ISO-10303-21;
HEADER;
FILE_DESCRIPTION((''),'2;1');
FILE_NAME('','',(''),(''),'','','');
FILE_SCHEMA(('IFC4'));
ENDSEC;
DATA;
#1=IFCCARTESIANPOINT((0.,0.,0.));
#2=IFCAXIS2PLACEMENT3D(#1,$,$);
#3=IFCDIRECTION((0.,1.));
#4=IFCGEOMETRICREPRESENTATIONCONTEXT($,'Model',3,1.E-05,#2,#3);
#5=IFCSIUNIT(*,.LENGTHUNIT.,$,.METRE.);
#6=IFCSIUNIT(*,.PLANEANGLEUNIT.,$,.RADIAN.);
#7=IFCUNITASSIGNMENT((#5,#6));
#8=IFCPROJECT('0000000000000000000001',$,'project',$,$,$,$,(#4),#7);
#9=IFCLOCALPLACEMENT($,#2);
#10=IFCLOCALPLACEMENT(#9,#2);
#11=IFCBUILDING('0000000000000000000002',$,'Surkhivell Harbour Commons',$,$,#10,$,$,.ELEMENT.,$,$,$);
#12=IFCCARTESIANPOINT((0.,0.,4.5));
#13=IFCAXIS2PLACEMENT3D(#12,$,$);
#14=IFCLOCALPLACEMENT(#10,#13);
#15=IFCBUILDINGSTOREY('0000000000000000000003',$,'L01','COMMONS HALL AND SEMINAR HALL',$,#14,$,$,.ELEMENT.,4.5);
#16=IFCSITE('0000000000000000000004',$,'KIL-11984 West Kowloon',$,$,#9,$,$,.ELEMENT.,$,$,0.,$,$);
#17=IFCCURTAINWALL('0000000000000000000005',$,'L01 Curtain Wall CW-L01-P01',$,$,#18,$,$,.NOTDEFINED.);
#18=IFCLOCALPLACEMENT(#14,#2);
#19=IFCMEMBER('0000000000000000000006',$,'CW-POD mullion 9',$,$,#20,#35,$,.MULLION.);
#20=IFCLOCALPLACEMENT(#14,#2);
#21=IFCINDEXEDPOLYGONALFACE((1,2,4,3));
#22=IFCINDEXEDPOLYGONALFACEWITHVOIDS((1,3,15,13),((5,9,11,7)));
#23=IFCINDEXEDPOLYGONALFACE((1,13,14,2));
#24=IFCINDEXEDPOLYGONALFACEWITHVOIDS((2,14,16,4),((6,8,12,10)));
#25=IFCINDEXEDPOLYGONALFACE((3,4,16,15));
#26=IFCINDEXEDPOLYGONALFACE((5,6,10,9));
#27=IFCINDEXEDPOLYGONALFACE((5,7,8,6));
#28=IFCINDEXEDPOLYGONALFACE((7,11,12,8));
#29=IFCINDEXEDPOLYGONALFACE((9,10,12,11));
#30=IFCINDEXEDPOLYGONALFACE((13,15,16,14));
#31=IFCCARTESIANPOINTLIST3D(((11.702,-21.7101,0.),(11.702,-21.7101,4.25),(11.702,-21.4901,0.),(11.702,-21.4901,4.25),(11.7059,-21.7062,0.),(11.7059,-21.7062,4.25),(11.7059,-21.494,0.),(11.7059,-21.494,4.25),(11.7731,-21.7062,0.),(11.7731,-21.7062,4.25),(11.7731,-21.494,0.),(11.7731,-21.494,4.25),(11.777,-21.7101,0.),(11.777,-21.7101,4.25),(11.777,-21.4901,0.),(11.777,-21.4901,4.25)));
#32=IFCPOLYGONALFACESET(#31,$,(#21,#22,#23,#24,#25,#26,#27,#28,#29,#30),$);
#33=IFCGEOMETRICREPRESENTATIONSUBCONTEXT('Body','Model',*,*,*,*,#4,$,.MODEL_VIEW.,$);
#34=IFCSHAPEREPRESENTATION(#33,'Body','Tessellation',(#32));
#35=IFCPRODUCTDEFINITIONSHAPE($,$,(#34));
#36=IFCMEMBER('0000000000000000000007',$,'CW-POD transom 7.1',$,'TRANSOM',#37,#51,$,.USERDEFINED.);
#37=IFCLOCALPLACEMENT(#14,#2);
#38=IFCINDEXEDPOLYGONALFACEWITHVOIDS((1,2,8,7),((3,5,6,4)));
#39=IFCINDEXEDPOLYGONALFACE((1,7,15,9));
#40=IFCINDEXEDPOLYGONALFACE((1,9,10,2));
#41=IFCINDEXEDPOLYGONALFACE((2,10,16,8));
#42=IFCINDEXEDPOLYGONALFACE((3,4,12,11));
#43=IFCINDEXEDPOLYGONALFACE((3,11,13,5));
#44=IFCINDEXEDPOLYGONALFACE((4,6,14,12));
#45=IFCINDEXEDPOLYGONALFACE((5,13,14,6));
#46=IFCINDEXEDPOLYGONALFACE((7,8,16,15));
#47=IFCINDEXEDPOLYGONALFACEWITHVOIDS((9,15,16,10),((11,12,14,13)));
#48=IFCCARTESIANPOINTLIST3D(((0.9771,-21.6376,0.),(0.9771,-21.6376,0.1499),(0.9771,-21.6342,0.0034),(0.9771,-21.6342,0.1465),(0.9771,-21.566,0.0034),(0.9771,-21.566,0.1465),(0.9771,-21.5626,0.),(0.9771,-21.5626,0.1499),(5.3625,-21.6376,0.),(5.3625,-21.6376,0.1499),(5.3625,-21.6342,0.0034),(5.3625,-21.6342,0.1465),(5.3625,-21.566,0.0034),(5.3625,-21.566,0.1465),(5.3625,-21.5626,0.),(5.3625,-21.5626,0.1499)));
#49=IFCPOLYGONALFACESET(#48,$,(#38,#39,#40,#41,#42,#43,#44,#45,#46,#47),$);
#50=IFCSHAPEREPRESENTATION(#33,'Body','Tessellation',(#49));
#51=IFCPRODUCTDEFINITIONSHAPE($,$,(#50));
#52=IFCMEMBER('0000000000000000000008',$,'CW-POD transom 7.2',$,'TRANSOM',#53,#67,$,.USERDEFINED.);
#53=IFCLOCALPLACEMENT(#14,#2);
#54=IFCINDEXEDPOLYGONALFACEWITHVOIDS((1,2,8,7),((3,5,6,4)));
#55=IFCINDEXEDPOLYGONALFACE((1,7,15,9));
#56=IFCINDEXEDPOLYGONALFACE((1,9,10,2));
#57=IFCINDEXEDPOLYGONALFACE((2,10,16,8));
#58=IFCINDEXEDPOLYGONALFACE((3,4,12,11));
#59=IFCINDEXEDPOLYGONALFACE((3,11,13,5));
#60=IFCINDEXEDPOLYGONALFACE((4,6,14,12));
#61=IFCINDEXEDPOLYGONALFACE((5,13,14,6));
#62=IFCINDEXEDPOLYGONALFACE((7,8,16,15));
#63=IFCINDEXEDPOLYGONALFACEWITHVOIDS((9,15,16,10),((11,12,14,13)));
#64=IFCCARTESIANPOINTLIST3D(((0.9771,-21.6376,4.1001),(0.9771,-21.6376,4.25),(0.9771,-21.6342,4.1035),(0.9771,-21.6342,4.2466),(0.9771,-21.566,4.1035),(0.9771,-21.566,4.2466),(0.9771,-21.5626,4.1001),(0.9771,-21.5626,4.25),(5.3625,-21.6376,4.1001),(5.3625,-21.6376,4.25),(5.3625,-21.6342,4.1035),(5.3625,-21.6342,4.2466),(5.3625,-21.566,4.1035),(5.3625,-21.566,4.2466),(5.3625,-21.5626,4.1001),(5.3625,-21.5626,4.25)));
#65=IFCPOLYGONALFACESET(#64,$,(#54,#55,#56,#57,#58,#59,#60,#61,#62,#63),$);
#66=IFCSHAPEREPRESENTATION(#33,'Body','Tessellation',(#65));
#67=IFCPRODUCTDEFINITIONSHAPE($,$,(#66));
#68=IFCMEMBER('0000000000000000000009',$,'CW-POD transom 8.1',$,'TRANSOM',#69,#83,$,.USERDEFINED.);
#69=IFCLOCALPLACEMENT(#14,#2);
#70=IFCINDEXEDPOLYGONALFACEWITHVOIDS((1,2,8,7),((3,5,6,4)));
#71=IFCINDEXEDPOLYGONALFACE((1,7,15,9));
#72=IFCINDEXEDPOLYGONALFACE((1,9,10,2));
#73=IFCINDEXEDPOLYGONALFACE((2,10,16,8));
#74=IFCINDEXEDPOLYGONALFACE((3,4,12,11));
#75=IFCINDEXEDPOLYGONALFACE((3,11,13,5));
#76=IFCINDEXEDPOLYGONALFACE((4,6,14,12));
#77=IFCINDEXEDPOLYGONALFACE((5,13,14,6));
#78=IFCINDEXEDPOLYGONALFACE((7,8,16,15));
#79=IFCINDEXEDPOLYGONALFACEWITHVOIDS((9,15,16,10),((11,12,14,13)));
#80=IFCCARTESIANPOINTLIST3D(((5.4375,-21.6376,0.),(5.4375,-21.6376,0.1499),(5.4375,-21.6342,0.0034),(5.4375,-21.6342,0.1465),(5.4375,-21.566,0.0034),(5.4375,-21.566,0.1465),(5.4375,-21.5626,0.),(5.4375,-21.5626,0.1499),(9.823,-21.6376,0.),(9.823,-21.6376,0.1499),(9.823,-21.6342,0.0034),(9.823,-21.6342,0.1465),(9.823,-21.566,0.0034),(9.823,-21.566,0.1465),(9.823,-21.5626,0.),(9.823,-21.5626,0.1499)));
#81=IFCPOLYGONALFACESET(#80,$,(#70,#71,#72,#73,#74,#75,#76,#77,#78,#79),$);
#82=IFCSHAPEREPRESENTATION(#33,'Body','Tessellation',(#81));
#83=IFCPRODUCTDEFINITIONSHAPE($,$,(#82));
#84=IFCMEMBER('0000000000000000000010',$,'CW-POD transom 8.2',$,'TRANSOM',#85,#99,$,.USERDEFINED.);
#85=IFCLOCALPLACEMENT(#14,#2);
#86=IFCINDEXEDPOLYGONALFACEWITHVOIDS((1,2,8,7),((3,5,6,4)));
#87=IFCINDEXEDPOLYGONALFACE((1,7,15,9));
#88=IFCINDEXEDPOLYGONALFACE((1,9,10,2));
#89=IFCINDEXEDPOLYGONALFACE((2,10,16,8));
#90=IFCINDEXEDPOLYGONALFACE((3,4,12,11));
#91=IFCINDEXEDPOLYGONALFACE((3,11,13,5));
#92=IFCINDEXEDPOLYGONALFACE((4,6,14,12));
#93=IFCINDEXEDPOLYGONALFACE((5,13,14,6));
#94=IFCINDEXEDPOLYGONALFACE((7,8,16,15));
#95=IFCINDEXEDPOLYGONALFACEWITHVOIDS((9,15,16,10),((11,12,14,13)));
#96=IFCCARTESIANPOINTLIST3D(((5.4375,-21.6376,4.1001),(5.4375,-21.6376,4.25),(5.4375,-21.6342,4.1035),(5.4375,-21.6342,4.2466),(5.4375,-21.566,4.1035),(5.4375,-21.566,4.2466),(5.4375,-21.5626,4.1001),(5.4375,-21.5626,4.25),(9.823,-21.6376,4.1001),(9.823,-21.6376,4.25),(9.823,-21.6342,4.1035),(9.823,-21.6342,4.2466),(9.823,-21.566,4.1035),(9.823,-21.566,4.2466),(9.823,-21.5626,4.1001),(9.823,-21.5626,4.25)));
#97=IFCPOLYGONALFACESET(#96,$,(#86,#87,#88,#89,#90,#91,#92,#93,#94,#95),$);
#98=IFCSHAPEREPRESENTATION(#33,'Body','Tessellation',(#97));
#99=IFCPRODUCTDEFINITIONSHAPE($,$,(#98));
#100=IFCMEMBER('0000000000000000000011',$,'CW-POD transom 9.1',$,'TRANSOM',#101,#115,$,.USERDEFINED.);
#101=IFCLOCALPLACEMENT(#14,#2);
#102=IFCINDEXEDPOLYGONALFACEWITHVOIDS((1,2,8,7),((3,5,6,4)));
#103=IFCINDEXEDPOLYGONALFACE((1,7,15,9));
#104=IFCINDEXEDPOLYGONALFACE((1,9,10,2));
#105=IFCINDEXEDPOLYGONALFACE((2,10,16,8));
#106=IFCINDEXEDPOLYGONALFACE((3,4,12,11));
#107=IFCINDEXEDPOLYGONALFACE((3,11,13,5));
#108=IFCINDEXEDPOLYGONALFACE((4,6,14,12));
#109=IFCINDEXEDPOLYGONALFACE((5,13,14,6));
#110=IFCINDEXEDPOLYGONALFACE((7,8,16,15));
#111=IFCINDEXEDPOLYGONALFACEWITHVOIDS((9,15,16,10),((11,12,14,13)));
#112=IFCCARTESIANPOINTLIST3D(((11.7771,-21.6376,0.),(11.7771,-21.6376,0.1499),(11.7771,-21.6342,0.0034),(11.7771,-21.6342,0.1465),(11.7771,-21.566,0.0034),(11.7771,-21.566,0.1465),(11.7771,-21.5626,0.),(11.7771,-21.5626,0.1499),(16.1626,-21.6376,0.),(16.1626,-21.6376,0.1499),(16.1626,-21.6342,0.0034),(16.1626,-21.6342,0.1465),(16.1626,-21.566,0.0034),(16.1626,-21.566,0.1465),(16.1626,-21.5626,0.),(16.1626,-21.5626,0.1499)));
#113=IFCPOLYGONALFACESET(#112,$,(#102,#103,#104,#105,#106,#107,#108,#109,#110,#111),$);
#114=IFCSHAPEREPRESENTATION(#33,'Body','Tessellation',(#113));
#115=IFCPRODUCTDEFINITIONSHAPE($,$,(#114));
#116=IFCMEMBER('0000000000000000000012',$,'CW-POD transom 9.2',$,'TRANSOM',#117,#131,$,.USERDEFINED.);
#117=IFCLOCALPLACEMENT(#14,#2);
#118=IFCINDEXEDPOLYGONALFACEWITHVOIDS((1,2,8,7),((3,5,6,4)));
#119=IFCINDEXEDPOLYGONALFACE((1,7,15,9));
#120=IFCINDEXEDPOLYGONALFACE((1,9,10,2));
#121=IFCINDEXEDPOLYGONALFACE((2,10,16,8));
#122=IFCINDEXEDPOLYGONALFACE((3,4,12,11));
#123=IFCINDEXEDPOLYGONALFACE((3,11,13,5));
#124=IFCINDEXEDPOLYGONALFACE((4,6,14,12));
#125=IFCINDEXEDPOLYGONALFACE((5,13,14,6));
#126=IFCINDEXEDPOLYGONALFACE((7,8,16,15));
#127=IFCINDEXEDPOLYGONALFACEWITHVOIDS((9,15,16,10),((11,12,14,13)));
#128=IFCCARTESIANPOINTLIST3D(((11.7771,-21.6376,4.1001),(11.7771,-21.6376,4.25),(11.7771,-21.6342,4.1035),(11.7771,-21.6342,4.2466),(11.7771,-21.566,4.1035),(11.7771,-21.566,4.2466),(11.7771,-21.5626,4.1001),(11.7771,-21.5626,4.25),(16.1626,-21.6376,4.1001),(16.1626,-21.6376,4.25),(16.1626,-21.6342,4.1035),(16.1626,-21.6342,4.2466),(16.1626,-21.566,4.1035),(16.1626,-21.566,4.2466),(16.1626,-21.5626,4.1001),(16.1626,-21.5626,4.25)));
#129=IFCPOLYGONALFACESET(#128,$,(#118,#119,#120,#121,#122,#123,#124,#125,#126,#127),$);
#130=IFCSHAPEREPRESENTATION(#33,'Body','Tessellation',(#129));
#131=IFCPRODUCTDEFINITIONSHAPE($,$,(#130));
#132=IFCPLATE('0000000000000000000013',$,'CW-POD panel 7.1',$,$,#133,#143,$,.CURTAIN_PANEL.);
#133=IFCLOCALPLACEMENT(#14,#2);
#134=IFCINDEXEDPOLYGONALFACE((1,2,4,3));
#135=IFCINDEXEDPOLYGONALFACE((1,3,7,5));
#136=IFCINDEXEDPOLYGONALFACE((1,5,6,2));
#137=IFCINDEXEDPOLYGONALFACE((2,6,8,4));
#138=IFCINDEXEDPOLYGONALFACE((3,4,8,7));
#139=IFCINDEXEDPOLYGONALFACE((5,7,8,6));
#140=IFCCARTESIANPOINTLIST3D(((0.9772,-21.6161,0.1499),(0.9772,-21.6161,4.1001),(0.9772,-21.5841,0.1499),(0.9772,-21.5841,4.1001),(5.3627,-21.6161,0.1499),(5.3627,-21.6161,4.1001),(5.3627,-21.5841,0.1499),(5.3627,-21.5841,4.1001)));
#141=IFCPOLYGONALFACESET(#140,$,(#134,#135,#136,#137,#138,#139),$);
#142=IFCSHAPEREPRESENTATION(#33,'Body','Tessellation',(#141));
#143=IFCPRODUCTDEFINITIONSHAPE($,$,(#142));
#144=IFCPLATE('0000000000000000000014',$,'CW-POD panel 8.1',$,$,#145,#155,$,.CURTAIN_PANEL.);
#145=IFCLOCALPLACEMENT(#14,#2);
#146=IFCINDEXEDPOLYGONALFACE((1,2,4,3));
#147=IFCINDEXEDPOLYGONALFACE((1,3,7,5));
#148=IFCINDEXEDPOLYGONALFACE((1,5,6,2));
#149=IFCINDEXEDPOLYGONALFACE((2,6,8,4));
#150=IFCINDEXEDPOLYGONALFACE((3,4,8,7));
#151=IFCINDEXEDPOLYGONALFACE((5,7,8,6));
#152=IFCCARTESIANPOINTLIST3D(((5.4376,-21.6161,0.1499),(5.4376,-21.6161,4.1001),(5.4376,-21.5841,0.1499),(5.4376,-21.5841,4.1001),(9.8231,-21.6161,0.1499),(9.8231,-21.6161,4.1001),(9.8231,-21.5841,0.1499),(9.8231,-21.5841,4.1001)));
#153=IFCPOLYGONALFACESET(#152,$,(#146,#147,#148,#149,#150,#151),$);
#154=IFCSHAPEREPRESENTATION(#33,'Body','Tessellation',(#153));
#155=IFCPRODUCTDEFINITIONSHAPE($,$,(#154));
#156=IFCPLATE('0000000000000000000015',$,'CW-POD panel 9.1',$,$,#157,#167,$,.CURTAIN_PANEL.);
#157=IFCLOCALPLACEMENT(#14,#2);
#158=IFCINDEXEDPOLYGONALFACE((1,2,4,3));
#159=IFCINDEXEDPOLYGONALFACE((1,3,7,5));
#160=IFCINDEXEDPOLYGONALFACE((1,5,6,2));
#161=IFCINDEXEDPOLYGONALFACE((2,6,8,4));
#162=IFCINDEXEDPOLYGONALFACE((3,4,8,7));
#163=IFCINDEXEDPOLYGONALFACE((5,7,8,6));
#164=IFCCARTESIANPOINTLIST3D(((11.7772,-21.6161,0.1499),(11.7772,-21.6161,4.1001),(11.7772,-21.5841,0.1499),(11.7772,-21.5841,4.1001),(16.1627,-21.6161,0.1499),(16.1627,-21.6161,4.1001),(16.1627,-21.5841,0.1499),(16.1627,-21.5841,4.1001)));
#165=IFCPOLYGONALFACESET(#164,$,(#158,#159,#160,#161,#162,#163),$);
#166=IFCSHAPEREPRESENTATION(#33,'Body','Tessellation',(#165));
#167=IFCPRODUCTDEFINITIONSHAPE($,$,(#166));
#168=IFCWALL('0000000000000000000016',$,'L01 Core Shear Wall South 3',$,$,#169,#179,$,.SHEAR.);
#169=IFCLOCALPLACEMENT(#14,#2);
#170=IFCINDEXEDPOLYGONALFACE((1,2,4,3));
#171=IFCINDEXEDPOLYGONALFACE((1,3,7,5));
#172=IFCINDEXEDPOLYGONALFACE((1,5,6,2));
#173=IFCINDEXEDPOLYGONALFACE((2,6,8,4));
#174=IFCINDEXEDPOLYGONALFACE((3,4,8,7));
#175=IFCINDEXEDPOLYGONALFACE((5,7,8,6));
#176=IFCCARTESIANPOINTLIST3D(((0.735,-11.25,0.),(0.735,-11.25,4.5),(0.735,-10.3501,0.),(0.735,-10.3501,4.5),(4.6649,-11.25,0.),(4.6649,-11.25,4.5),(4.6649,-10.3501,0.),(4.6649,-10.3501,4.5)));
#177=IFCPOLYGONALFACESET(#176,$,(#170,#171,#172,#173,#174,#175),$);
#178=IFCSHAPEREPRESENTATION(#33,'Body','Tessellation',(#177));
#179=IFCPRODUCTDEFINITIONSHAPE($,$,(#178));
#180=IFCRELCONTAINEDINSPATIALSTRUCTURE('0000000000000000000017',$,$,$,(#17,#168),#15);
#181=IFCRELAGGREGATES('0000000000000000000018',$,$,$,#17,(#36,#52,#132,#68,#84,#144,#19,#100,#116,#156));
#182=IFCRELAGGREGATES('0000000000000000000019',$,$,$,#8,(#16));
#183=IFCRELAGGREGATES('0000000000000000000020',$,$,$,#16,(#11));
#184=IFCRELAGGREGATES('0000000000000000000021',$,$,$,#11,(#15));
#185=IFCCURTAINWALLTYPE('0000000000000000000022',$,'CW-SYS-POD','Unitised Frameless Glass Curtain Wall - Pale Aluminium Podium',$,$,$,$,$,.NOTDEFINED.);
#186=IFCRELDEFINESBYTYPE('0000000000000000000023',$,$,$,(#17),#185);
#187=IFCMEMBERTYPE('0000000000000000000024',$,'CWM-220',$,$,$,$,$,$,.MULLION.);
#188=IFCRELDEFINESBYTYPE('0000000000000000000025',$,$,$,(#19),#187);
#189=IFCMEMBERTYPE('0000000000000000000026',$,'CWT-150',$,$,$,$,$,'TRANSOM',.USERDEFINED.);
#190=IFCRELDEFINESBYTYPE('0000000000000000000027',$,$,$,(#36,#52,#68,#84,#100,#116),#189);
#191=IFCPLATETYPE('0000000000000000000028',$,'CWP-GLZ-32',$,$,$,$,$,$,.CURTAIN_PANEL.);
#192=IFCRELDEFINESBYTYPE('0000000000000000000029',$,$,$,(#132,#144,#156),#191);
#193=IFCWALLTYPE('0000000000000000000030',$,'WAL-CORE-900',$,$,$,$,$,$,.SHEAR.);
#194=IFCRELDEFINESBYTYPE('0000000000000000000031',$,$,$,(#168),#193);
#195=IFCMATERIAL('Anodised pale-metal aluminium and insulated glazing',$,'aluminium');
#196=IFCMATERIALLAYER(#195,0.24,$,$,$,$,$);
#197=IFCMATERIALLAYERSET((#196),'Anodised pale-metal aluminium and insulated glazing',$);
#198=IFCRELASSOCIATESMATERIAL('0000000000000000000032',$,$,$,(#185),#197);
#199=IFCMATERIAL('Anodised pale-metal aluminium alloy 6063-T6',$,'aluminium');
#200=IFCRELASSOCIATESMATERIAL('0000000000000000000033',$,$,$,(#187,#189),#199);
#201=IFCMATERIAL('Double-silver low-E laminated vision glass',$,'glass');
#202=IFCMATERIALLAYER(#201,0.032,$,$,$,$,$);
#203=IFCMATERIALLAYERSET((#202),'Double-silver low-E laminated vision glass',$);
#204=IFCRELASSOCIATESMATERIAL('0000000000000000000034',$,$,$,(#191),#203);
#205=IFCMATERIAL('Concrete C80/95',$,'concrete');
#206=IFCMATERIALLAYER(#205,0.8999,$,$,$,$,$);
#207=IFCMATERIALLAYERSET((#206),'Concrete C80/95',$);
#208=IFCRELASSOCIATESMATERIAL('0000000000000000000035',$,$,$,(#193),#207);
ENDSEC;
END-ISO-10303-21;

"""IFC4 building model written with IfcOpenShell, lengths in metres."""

from ifc_helpers import new_model, si_unit, direction, frame, frame_2d, origin, origin_2d, place, context, subcontext, project, spatial, rectangle, hollow_rectangle, extrude, material, layer, layer_set, material_profile, profile_set, type_object, element, aggregate, save


model = new_model("IFC4")

# Units and contexts
model_context = context("Model", 3, precision=1e-05, world=origin(), true_north=direction((0.0, 1.0)))
body_context = subcontext(model_context, "Body", "Model", "MODEL_VIEW")
ifc_project = project(units=[si_unit("LENGTHUNIT", "METRE"), si_unit("PLANEANGLEUNIT", "RADIAN")], contexts=[model_context])

# Site, building, storey
site_placement = place(None, origin())
site = spatial("IfcSite", under=ifc_project, at=site_placement, Name="KIL-11984 West Kowloon", CompositionType="ELEMENT", RefElevation=0.0)
building_placement = place(site_placement, origin())
building = spatial("IfcBuilding", under=site, at=building_placement, Name="Surkhivell Harbour Commons", CompositionType="ELEMENT")
storey_placement = place(building_placement, frame((0.0, 0.0, 4.5)))
storey = spatial("IfcBuildingStorey", under=building, at=storey_placement, Name="L01", Description="COMMONS HALL AND SEMINAR HALL", CompositionType="ELEMENT", Elevation=4.5)

# Shared definitions
ifc_material_1 = material(Name="Concrete C80/95", Category="concrete")

# Curtain wall, members, plates
ifc_material_2 = material(Name="Anodised pale-metal aluminium and insulated glazing", Category="aluminium")
ifc_layer_1 = layer(ifc_material_2, 0.24)
ifc_layer_set_1 = layer_set([ifc_layer_1], Name="Anodised pale-metal aluminium and insulated glazing")
curtain_wall_type = type_object("IfcCurtainWallType", Name="CW-SYS-POD", Description="Unitised Frameless Glass Curtain Wall - Pale Aluminium Podium", PredefinedType="NOTDEFINED", material=ifc_layer_set_1)
curtain_wall_placement = place(storey_placement, origin())
curtain_wall = element("IfcCurtainWall", 1, at=curtain_wall_placement, inside=storey, type_object=curtain_wall_type, Name="L01 Curtain Wall CW-L01-P01", PredefinedType="NOTDEFINED")
ifc_material_3 = material(Name="Anodised pale-metal aluminium alloy 6063-T6", Category="aluminium")
ifc_material_profile_1 = material_profile(ifc_material_3, hollow_rectangle(XDim=0.075, YDim=0.22, WallThickness=0.0039, at=origin_2d()), Name="ALU-MULL-75x220")
ifc_profile_set_1 = profile_set([ifc_material_profile_1], Name="Anodised pale-metal aluminium alloy 6063-T6")
member_type_1 = type_object("IfcMemberType", Name="CWM-220", PredefinedType="MULLION", material=ifc_profile_set_1)
member_1_placement = place(storey_placement, frame((11.7395, -21.6001, 0.0), z_axis=(0.0, 0.0, 1.0), x_axis=(1.0, 0.0, 0.0)))
member_1 = element("IfcMember", 2, at=member_1_placement, type_object=member_type_1, Name="CW-POD mullion 9", PredefinedType="MULLION", context=body_context, shape_type="SweptSolid", body=[
    extrude(hollow_rectangle(XDim=0.075, YDim=0.22, WallThickness=0.0039, at=origin_2d()), origin(), (0.0, 0.0, 1.0), 4.25),
])
ifc_material_profile_2 = material_profile(ifc_material_3, hollow_rectangle(XDim=0.075, YDim=0.1499, WallThickness=0.0034, at=origin_2d()), Name="ALU-TRAN-75x150")
ifc_profile_set_2 = profile_set([ifc_material_profile_2], Name="Anodised pale-metal aluminium alloy 6063-T6")
member_type_2 = type_object("IfcMemberType", Name="CWT-150", ElementType="TRANSOM", PredefinedType="USERDEFINED", material=ifc_profile_set_2)
member_2_placement = place(storey_placement, frame((0.9771, -21.6001, 0.075), z_axis=(1.0, 0.0, 0.0), x_axis=(0.0, 1.0, 0.0)))
member_2 = element("IfcMember", 3, at=member_2_placement, type_object=member_type_2, Name="CW-POD transom 7.1", ObjectType="TRANSOM", PredefinedType="USERDEFINED", context=body_context, shape_type="SweptSolid", body=[
    extrude(hollow_rectangle(XDim=0.075, YDim=0.1499, WallThickness=0.0034, at=origin_2d()), origin(), (0.0, 0.0, 1.0), 4.3855),
])
member_3_placement = place(storey_placement, frame((0.9771, -21.6001, 4.175), z_axis=(1.0, 0.0, 0.0), x_axis=(0.0, 1.0, 0.0)))
member_3 = element("IfcMember", 4, at=member_3_placement, type_object=member_type_2, Name="CW-POD transom 7.2", ObjectType="TRANSOM", PredefinedType="USERDEFINED", context=body_context, shape_type="SweptSolid", body=[
    extrude(hollow_rectangle(XDim=0.075, YDim=0.1499, WallThickness=0.0034, at=origin_2d()), origin(), (0.0, 0.0, 1.0), 4.3855),
])
member_4_placement = place(storey_placement, frame((5.4375, -21.6001, 0.075), z_axis=(1.0, 0.0, 0.0), x_axis=(0.0, 1.0, 0.0)))
member_4 = element("IfcMember", 5, at=member_4_placement, type_object=member_type_2, Name="CW-POD transom 8.1", ObjectType="TRANSOM", PredefinedType="USERDEFINED", context=body_context, shape_type="SweptSolid", body=[
    extrude(hollow_rectangle(XDim=0.075, YDim=0.1499, WallThickness=0.0034, at=origin_2d()), origin(), (0.0, 0.0, 1.0), 4.3855),
])
member_5_placement = place(storey_placement, frame((5.4375, -21.6001, 4.175), z_axis=(1.0, 0.0, 0.0), x_axis=(0.0, 1.0, 0.0)))
member_5 = element("IfcMember", 6, at=member_5_placement, type_object=member_type_2, Name="CW-POD transom 8.2", ObjectType="TRANSOM", PredefinedType="USERDEFINED", context=body_context, shape_type="SweptSolid", body=[
    extrude(hollow_rectangle(XDim=0.075, YDim=0.1499, WallThickness=0.0034, at=origin_2d()), origin(), (0.0, 0.0, 1.0), 4.3855),
])
member_6_placement = place(storey_placement, frame((11.7771, -21.6001, 0.075), z_axis=(1.0, 0.0, 0.0), x_axis=(0.0, 1.0, 0.0)))
member_6 = element("IfcMember", 7, at=member_6_placement, type_object=member_type_2, Name="CW-POD transom 9.1", ObjectType="TRANSOM", PredefinedType="USERDEFINED", context=body_context, shape_type="SweptSolid", body=[
    extrude(hollow_rectangle(XDim=0.075, YDim=0.1499, WallThickness=0.0034, at=origin_2d()), origin(), (0.0, 0.0, 1.0), 4.3855),
])
member_7_placement = place(storey_placement, frame((11.7771, -21.6001, 4.175), z_axis=(1.0, 0.0, 0.0), x_axis=(0.0, 1.0, 0.0)))
member_7 = element("IfcMember", 8, at=member_7_placement, type_object=member_type_2, Name="CW-POD transom 9.2", ObjectType="TRANSOM", PredefinedType="USERDEFINED", context=body_context, shape_type="SweptSolid", body=[
    extrude(hollow_rectangle(XDim=0.075, YDim=0.1499, WallThickness=0.0034, at=origin_2d()), origin(), (0.0, 0.0, 1.0), 4.3855),
])
ifc_material_4 = material(Name="Double-silver low-E laminated vision glass", Category="glass")
ifc_layer_2 = layer(ifc_material_4, 0.032)
ifc_layer_set_2 = layer_set([ifc_layer_2], Name="Double-silver low-E laminated vision glass")
plate_type = type_object("IfcPlateType", Name="CWP-GLZ-32", PredefinedType="CURTAIN_PANEL", material=ifc_layer_set_2)
plate_1_placement = place(storey_placement, frame((0.9771, -21.6001, 0.1499), z_axis=(0.0, 0.0, 1.0), x_axis=(1.0, 0.0, 0.0)))
plate_1 = element("IfcPlate", 9, at=plate_1_placement, type_object=plate_type, Name="CW-POD panel 7.1", PredefinedType="CURTAIN_PANEL", context=body_context, shape_type="SweptSolid", body=[
    extrude(rectangle(XDim=4.3855, YDim=0.032, at=frame_2d((2.1929, 0.0))), origin(), (0.0, 0.0, 1.0), 3.9502),
])
plate_2_placement = place(storey_placement, frame((5.4375, -21.6001, 0.1499), z_axis=(0.0, 0.0, 1.0), x_axis=(1.0, 0.0, 0.0)))
plate_2 = element("IfcPlate", 10, at=plate_2_placement, type_object=plate_type, Name="CW-POD panel 8.1", PredefinedType="CURTAIN_PANEL", context=body_context, shape_type="SweptSolid", body=[
    extrude(rectangle(XDim=4.3855, YDim=0.032, at=frame_2d((2.1929, 0.0))), origin(), (0.0, 0.0, 1.0), 3.9502),
])
plate_3_placement = place(storey_placement, frame((11.7771, -21.6001, 0.1499), z_axis=(0.0, 0.0, 1.0), x_axis=(1.0, 0.0, 0.0)))
plate_3 = element("IfcPlate", 11, at=plate_3_placement, type_object=plate_type, Name="CW-POD panel 9.1", PredefinedType="CURTAIN_PANEL", context=body_context, shape_type="SweptSolid", body=[
    extrude(rectangle(XDim=4.3855, YDim=0.032, at=frame_2d((2.1929, 0.0))), origin(), (0.0, 0.0, 1.0), 3.9502),
])
aggregate(curtain_wall, [member_2, member_3, plate_1, member_4, member_5, plate_2, member_1, member_6, member_7, plate_3])

# Wall
ifc_layer_3 = layer(ifc_material_1, 0.8999)
ifc_layer_set_3 = layer_set([ifc_layer_3], Name="Concrete C80/95")
wall_type_1 = type_object("IfcWallType", Name="WAL-CORE-900", PredefinedType="SHEAR", material=ifc_layer_set_3)
wall_1_placement = place(storey_placement, frame((0.7351, -10.8, 0.0), z_axis=(0.0, 0.0, 1.0), x_axis=(1.0, 0.0, 0.0)))
element("IfcWall", 12, at=wall_1_placement, inside=storey, type_object=wall_type_1, Name="L01 Core Shear Wall South 3", PredefinedType="SHEAR", context=body_context, shape_type="SweptSolid", body=[
    extrude(rectangle(XDim=3.9299, YDim=0.8999, at=frame_2d((1.9648, 0.0))), origin(), (0.0, 0.0, 1.0), 4.5),
])

save(model, "model.ifc")
